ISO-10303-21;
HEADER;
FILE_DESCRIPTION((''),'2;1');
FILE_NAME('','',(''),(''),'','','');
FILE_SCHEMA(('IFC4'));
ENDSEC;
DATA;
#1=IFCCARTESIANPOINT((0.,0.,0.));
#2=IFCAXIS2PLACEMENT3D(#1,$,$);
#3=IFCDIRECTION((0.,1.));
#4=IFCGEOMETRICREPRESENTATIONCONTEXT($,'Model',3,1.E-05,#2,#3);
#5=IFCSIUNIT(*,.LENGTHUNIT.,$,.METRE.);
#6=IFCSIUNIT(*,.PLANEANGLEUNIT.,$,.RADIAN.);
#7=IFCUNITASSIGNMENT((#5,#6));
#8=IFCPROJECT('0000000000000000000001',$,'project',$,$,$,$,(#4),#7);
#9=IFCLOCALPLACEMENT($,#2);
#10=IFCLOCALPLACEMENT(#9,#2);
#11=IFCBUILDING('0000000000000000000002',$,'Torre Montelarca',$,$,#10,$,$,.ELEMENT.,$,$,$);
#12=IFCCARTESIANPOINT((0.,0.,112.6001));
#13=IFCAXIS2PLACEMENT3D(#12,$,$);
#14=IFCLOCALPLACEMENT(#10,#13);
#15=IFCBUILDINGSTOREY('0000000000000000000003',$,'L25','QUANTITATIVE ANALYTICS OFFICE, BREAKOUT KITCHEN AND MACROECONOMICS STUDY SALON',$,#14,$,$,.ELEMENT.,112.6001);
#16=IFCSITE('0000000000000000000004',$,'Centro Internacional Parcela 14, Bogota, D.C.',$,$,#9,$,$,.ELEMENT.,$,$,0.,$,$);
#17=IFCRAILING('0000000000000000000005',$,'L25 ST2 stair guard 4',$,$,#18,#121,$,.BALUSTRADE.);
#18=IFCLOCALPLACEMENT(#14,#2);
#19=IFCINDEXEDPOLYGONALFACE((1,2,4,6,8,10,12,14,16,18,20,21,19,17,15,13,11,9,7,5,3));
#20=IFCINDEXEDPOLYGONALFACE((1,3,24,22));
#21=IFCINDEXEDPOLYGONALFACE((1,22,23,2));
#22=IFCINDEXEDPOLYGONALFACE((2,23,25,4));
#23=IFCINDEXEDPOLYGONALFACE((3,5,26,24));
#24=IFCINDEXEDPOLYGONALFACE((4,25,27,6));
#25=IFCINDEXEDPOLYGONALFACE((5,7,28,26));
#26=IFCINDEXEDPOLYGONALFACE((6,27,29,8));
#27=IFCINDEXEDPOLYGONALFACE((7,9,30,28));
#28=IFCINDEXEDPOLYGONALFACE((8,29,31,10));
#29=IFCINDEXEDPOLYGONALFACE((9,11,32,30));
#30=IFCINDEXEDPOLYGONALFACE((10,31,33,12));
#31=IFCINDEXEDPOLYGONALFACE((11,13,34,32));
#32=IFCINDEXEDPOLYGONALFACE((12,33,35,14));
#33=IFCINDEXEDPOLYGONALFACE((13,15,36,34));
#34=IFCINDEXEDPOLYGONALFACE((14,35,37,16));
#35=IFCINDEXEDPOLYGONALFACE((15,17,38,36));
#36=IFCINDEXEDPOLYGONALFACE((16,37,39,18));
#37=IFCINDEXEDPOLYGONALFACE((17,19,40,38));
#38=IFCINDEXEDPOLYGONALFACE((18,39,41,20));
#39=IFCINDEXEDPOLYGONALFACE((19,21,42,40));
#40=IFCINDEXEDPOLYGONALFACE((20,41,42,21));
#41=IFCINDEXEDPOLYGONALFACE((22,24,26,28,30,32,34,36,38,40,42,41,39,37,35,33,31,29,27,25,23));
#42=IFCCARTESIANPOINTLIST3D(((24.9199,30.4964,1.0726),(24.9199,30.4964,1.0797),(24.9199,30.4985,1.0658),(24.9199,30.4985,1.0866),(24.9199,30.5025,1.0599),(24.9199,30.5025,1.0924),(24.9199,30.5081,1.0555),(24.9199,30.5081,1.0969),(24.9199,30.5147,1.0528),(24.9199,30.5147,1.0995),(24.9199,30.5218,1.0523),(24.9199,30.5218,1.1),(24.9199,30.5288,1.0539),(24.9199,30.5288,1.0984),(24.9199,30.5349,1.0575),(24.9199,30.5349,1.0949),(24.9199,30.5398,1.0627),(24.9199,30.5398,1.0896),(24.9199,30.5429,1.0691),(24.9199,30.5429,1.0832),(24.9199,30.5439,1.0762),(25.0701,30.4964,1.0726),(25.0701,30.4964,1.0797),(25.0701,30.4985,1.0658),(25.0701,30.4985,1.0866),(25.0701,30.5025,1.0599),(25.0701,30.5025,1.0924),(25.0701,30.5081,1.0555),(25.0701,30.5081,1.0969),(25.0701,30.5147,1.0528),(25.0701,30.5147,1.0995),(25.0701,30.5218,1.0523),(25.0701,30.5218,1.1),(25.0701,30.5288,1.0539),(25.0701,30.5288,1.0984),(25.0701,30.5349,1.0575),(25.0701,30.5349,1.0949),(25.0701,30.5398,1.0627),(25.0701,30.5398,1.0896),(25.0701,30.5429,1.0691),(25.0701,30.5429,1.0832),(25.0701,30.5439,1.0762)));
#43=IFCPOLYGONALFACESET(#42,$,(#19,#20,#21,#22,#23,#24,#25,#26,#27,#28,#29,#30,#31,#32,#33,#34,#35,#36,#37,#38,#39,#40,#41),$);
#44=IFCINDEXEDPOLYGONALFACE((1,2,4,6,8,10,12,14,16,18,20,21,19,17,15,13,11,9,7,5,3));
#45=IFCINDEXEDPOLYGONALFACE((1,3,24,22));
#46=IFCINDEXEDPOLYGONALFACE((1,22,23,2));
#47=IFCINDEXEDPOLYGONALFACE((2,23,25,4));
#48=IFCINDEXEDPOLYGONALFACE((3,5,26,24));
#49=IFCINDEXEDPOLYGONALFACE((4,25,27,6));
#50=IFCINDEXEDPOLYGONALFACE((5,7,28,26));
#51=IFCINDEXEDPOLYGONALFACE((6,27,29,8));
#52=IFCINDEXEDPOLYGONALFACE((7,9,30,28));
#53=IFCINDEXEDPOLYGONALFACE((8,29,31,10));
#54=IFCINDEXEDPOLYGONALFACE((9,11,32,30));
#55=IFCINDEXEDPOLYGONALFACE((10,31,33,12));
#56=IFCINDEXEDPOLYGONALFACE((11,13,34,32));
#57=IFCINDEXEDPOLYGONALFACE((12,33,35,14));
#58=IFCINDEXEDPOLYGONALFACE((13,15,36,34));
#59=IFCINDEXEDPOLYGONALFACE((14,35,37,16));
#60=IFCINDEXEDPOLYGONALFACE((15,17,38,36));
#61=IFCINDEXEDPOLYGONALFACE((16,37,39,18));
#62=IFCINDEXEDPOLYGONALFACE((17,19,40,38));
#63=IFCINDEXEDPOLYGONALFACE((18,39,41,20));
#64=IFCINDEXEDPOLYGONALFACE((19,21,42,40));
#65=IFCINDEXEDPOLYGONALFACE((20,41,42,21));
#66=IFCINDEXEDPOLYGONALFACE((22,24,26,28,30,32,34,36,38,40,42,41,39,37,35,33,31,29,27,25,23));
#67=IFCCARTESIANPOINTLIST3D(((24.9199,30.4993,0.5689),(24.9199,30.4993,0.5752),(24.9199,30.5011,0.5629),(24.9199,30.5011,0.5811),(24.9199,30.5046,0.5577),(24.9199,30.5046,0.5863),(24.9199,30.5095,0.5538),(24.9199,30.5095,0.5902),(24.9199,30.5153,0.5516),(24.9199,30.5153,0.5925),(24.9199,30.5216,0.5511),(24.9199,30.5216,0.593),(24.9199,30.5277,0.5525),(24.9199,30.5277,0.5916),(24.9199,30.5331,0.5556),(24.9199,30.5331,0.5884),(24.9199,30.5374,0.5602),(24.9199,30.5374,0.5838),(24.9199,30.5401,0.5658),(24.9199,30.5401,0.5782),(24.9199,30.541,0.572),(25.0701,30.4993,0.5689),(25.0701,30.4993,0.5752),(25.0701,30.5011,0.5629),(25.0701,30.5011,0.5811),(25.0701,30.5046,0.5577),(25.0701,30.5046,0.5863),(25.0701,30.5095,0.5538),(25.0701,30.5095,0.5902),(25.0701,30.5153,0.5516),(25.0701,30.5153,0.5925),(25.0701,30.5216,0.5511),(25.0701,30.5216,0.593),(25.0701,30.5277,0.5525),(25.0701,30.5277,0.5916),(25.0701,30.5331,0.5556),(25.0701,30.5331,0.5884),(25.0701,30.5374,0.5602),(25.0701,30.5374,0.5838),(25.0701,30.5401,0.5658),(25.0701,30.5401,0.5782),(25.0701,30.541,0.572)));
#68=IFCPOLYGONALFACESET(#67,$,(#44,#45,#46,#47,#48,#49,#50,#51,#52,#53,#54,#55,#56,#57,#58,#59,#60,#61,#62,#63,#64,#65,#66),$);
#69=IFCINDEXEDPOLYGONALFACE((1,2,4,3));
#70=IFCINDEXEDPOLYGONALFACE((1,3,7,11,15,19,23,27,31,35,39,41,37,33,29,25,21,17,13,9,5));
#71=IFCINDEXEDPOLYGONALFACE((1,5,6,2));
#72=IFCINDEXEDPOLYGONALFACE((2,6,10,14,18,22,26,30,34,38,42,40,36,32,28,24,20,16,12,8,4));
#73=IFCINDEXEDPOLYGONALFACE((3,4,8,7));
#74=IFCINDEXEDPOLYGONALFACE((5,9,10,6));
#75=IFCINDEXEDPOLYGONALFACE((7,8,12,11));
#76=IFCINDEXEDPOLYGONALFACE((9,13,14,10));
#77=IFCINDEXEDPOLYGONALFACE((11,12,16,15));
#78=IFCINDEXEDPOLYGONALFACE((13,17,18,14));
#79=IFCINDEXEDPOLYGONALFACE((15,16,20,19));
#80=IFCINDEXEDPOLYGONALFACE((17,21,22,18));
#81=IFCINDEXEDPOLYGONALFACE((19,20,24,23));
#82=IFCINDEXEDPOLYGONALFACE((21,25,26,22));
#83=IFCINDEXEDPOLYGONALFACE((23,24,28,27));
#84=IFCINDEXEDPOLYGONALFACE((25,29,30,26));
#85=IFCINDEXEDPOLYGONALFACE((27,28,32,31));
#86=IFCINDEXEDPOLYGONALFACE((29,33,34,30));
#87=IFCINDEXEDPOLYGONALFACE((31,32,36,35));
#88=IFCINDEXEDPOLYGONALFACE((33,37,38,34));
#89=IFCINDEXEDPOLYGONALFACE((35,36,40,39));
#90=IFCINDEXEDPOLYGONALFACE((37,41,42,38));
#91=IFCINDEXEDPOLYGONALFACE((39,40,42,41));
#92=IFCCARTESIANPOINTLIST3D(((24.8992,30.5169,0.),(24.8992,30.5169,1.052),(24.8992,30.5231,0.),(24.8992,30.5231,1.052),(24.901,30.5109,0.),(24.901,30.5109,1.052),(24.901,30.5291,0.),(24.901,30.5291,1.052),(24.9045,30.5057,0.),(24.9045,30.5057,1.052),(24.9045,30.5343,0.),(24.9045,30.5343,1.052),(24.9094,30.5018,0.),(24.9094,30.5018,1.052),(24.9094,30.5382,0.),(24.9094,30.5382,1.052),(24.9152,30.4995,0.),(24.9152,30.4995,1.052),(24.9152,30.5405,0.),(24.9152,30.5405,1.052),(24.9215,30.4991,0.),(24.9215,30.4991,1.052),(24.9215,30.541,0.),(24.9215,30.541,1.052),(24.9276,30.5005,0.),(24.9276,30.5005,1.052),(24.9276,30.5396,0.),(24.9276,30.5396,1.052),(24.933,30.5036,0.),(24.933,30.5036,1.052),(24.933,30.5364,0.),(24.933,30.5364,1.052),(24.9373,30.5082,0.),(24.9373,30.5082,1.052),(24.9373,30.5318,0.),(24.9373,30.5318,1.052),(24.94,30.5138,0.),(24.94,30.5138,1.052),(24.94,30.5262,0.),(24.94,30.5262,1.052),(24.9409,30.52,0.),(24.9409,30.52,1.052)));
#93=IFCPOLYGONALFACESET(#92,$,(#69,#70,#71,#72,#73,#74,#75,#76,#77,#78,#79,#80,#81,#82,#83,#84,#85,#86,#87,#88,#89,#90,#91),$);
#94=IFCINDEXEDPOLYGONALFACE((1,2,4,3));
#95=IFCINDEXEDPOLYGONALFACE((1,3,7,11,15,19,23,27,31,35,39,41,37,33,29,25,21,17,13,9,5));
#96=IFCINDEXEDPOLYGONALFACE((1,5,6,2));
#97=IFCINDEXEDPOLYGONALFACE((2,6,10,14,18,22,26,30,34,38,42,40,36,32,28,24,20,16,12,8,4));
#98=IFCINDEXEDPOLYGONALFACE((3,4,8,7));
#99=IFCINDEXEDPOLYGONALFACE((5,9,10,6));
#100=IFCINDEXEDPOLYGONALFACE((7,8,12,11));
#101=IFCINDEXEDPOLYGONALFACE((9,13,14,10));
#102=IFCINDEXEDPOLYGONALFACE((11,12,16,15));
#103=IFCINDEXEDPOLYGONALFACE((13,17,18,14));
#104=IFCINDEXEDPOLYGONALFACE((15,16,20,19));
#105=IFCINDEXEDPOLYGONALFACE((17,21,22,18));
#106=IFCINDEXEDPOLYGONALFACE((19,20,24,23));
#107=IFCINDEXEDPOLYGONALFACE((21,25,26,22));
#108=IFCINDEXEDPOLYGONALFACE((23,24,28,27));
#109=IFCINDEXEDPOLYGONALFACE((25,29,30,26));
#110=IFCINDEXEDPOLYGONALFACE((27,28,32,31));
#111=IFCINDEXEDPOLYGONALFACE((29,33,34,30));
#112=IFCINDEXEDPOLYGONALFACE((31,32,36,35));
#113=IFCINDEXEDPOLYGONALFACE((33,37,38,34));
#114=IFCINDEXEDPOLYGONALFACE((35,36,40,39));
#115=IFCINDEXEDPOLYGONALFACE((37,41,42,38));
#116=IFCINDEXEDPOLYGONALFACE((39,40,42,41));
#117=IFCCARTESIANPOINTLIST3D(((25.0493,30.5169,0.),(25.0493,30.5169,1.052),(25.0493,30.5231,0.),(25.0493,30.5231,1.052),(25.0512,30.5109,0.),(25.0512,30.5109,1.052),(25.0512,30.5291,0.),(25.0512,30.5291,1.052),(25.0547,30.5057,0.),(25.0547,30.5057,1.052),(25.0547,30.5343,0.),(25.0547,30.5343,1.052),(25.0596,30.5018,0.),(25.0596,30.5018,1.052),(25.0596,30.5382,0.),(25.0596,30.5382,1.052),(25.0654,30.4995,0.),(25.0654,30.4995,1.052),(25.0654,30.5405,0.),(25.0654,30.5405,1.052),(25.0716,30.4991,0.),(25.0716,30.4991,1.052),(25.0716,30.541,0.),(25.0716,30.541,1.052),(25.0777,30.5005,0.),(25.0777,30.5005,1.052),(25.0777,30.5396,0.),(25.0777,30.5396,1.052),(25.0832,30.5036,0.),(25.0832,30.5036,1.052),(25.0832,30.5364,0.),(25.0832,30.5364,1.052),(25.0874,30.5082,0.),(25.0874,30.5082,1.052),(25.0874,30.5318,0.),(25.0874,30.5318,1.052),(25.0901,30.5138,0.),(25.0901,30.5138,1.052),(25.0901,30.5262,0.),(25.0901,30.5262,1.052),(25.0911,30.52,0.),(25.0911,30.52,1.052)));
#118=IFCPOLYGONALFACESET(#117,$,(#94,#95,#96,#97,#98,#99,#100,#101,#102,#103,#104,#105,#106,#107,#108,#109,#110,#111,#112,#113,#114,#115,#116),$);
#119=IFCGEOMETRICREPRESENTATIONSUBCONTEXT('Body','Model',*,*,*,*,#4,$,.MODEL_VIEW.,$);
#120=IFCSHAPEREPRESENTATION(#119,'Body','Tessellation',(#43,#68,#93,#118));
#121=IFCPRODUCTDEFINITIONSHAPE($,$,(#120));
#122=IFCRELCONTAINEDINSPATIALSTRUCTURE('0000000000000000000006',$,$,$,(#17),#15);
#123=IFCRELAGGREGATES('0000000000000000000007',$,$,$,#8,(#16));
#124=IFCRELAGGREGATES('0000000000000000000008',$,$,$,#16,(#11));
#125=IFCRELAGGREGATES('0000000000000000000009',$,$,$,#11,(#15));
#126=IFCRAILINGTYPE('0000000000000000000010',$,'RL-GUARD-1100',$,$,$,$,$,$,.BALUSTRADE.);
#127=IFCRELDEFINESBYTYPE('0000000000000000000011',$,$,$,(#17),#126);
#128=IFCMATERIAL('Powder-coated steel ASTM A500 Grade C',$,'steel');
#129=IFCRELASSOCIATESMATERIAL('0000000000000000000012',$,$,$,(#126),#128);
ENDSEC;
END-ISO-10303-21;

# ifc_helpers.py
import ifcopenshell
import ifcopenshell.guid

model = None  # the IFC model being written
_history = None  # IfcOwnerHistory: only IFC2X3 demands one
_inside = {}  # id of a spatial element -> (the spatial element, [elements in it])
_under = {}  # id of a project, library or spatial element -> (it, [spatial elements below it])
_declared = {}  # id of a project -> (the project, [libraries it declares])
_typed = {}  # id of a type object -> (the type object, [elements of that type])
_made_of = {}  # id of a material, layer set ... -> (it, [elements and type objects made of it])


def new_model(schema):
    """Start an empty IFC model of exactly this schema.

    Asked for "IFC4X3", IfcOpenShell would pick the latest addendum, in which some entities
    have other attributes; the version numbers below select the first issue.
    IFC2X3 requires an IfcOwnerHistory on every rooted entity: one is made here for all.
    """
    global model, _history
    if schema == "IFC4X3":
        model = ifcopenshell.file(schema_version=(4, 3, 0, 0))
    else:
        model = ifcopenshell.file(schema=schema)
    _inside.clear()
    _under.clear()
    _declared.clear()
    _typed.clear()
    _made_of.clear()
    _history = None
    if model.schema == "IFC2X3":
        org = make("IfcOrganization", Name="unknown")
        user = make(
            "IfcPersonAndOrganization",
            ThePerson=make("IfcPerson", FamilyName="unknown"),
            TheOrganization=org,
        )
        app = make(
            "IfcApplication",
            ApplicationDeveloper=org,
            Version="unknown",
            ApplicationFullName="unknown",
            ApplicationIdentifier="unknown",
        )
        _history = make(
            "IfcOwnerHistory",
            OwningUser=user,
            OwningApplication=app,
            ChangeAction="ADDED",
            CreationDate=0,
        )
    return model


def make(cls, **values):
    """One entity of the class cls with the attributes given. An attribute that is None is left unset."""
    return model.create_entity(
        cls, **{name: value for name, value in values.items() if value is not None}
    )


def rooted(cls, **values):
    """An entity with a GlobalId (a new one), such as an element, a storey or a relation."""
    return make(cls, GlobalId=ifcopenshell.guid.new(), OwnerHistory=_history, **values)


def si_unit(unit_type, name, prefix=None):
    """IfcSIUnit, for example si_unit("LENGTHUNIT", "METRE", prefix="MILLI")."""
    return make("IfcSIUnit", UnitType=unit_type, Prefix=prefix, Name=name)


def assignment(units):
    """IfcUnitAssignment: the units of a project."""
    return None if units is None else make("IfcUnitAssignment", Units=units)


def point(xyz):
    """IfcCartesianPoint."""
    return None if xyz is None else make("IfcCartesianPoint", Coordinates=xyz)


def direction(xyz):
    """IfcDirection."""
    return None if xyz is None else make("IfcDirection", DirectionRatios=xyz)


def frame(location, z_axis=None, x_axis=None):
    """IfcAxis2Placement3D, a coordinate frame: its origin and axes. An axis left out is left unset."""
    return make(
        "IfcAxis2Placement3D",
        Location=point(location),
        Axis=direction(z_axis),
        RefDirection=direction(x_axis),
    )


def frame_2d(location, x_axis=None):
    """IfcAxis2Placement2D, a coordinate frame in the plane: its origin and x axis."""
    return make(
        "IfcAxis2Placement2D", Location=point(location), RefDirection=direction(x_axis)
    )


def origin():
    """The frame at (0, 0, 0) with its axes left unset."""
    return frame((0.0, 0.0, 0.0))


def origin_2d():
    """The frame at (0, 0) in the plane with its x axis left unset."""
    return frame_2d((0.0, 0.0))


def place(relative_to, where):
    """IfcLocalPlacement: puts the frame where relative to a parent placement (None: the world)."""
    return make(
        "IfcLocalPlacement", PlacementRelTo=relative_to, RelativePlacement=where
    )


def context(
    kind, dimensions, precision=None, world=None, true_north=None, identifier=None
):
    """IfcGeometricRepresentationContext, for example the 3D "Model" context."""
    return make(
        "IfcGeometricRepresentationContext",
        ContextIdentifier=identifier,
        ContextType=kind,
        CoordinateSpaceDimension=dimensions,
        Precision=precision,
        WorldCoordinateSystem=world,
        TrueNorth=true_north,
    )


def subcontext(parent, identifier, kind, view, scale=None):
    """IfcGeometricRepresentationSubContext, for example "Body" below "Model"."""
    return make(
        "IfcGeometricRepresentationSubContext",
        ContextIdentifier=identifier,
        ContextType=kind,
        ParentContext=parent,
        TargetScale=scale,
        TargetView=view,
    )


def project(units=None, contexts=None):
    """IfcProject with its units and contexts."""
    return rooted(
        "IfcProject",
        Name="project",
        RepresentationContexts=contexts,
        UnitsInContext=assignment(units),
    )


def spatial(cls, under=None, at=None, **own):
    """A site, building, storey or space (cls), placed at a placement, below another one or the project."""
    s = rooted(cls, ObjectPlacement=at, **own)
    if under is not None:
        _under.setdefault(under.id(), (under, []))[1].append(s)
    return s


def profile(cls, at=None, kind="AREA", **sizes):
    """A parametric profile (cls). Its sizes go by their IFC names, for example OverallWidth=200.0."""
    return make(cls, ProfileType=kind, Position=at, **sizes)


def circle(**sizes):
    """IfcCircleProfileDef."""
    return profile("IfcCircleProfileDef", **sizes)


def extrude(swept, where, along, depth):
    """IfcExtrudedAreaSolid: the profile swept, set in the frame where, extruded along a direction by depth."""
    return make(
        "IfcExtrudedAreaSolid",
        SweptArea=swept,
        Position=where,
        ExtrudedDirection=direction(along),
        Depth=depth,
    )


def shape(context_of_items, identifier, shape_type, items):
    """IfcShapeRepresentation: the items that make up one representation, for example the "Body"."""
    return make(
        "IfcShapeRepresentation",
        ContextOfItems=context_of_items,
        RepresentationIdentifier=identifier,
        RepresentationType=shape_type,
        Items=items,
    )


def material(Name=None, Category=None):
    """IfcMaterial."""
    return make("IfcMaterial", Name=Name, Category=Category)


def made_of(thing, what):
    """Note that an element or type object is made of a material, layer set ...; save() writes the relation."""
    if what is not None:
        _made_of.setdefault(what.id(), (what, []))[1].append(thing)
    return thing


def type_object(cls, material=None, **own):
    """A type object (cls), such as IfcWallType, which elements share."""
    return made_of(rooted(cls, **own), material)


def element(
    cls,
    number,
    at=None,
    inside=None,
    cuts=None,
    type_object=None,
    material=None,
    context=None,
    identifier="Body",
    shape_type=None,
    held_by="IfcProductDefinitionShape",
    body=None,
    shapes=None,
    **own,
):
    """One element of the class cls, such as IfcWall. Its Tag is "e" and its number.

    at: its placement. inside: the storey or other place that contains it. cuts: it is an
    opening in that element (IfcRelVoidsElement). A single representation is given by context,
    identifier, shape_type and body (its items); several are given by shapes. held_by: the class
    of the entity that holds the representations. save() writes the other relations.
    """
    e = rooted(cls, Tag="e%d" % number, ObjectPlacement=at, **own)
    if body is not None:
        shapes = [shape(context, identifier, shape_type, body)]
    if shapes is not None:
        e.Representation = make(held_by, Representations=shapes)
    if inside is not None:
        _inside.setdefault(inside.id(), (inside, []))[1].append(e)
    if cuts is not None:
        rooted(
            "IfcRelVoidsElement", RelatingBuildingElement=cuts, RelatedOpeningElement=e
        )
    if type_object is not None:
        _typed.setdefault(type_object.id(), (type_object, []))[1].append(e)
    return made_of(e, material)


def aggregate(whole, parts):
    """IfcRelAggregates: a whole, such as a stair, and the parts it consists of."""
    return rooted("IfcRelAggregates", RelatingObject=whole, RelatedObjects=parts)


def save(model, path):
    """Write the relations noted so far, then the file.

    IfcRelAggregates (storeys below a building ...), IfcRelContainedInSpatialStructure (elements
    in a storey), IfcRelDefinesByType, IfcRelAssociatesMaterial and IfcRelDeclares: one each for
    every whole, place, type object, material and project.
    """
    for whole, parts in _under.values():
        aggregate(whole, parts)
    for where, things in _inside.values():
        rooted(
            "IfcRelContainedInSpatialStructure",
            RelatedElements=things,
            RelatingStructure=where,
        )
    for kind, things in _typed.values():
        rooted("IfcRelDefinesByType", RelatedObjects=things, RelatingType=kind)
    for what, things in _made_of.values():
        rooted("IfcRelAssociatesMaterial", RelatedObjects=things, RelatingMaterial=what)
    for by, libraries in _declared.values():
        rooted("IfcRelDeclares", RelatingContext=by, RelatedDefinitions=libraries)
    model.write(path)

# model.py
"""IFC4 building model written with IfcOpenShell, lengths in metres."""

from ifc_helpers import new_model, si_unit, direction, frame, origin, origin_2d, place, context, subcontext, project, spatial, circle, extrude, material, type_object, element, save


model = new_model("IFC4")

# Units and contexts
model_context = context("Model", 3, precision=1e-05, world=origin(), true_north=direction((0.0, 1.0)))
body_context = subcontext(model_context, "Body", "Model", "MODEL_VIEW")
ifc_project = project(units=[si_unit("LENGTHUNIT", "METRE"), si_unit("PLANEANGLEUNIT", "RADIAN")], contexts=[model_context])

# Site, building, storey
site_placement = place(None, origin())
site = spatial("IfcSite", under=ifc_project, at=site_placement, Name="Centro Internacional Parcela 14, Bogota, D.C.", CompositionType="ELEMENT", RefElevation=0.0)
building_placement = place(site_placement, origin())
building = spatial("IfcBuilding", under=site, at=building_placement, Name="Torre Montelarca", CompositionType="ELEMENT")
storey_placement = place(building_placement, frame((0.0, 0.0, 112.6001)))
storey = spatial("IfcBuildingStorey", under=building, at=storey_placement, Name="L25", Description="QUANTITATIVE ANALYTICS OFFICE, BREAKOUT KITCHEN AND MACROECONOMICS STUDY SALON", CompositionType="ELEMENT", Elevation=112.6001)

# Railing
ifc_material_1 = material(Name="Powder-coated steel ASTM A500 Grade C", Category="steel")
railing_type_1 = type_object("IfcRailingType", Name="RL-GUARD-1100", PredefinedType="BALUSTRADE", material=ifc_material_1)
railing_1_placement = place(storey_placement, frame((24.9199, 30.52, 0.0)))
element("IfcRailing", 1, at=railing_1_placement, inside=storey, type_object=railing_type_1, Name="L25 ST2 stair guard 4", PredefinedType="BALUSTRADE", context=body_context, shape_type="SweptSolid", body=[
    extrude(circle(Radius=0.0239, at=origin_2d()), frame((0.0, 0.0, 1.0762), z_axis=(1.0, 0.0, 0.0), x_axis=(0.0, 1.0, 0.0)), (0.0, 0.0, 1.0), 0.1501),
    extrude(circle(Radius=0.021, at=origin_2d()), frame((0.0, 0.0, 0.572), z_axis=(1.0, 0.0, 0.0), x_axis=(0.0, 1.0, 0.0)), (0.0, 0.0, 1.0), 0.1501),
    extrude(circle(Radius=0.021, at=origin_2d()), origin(), (0.0, 0.0, 1.0), 1.052),
    extrude(circle(Radius=0.021, at=origin_2d()), frame((0.1501, 0.0, 0.0)), (0.0, 0.0, 1.0), 1.052),
])

save(model, "model.ifc")
